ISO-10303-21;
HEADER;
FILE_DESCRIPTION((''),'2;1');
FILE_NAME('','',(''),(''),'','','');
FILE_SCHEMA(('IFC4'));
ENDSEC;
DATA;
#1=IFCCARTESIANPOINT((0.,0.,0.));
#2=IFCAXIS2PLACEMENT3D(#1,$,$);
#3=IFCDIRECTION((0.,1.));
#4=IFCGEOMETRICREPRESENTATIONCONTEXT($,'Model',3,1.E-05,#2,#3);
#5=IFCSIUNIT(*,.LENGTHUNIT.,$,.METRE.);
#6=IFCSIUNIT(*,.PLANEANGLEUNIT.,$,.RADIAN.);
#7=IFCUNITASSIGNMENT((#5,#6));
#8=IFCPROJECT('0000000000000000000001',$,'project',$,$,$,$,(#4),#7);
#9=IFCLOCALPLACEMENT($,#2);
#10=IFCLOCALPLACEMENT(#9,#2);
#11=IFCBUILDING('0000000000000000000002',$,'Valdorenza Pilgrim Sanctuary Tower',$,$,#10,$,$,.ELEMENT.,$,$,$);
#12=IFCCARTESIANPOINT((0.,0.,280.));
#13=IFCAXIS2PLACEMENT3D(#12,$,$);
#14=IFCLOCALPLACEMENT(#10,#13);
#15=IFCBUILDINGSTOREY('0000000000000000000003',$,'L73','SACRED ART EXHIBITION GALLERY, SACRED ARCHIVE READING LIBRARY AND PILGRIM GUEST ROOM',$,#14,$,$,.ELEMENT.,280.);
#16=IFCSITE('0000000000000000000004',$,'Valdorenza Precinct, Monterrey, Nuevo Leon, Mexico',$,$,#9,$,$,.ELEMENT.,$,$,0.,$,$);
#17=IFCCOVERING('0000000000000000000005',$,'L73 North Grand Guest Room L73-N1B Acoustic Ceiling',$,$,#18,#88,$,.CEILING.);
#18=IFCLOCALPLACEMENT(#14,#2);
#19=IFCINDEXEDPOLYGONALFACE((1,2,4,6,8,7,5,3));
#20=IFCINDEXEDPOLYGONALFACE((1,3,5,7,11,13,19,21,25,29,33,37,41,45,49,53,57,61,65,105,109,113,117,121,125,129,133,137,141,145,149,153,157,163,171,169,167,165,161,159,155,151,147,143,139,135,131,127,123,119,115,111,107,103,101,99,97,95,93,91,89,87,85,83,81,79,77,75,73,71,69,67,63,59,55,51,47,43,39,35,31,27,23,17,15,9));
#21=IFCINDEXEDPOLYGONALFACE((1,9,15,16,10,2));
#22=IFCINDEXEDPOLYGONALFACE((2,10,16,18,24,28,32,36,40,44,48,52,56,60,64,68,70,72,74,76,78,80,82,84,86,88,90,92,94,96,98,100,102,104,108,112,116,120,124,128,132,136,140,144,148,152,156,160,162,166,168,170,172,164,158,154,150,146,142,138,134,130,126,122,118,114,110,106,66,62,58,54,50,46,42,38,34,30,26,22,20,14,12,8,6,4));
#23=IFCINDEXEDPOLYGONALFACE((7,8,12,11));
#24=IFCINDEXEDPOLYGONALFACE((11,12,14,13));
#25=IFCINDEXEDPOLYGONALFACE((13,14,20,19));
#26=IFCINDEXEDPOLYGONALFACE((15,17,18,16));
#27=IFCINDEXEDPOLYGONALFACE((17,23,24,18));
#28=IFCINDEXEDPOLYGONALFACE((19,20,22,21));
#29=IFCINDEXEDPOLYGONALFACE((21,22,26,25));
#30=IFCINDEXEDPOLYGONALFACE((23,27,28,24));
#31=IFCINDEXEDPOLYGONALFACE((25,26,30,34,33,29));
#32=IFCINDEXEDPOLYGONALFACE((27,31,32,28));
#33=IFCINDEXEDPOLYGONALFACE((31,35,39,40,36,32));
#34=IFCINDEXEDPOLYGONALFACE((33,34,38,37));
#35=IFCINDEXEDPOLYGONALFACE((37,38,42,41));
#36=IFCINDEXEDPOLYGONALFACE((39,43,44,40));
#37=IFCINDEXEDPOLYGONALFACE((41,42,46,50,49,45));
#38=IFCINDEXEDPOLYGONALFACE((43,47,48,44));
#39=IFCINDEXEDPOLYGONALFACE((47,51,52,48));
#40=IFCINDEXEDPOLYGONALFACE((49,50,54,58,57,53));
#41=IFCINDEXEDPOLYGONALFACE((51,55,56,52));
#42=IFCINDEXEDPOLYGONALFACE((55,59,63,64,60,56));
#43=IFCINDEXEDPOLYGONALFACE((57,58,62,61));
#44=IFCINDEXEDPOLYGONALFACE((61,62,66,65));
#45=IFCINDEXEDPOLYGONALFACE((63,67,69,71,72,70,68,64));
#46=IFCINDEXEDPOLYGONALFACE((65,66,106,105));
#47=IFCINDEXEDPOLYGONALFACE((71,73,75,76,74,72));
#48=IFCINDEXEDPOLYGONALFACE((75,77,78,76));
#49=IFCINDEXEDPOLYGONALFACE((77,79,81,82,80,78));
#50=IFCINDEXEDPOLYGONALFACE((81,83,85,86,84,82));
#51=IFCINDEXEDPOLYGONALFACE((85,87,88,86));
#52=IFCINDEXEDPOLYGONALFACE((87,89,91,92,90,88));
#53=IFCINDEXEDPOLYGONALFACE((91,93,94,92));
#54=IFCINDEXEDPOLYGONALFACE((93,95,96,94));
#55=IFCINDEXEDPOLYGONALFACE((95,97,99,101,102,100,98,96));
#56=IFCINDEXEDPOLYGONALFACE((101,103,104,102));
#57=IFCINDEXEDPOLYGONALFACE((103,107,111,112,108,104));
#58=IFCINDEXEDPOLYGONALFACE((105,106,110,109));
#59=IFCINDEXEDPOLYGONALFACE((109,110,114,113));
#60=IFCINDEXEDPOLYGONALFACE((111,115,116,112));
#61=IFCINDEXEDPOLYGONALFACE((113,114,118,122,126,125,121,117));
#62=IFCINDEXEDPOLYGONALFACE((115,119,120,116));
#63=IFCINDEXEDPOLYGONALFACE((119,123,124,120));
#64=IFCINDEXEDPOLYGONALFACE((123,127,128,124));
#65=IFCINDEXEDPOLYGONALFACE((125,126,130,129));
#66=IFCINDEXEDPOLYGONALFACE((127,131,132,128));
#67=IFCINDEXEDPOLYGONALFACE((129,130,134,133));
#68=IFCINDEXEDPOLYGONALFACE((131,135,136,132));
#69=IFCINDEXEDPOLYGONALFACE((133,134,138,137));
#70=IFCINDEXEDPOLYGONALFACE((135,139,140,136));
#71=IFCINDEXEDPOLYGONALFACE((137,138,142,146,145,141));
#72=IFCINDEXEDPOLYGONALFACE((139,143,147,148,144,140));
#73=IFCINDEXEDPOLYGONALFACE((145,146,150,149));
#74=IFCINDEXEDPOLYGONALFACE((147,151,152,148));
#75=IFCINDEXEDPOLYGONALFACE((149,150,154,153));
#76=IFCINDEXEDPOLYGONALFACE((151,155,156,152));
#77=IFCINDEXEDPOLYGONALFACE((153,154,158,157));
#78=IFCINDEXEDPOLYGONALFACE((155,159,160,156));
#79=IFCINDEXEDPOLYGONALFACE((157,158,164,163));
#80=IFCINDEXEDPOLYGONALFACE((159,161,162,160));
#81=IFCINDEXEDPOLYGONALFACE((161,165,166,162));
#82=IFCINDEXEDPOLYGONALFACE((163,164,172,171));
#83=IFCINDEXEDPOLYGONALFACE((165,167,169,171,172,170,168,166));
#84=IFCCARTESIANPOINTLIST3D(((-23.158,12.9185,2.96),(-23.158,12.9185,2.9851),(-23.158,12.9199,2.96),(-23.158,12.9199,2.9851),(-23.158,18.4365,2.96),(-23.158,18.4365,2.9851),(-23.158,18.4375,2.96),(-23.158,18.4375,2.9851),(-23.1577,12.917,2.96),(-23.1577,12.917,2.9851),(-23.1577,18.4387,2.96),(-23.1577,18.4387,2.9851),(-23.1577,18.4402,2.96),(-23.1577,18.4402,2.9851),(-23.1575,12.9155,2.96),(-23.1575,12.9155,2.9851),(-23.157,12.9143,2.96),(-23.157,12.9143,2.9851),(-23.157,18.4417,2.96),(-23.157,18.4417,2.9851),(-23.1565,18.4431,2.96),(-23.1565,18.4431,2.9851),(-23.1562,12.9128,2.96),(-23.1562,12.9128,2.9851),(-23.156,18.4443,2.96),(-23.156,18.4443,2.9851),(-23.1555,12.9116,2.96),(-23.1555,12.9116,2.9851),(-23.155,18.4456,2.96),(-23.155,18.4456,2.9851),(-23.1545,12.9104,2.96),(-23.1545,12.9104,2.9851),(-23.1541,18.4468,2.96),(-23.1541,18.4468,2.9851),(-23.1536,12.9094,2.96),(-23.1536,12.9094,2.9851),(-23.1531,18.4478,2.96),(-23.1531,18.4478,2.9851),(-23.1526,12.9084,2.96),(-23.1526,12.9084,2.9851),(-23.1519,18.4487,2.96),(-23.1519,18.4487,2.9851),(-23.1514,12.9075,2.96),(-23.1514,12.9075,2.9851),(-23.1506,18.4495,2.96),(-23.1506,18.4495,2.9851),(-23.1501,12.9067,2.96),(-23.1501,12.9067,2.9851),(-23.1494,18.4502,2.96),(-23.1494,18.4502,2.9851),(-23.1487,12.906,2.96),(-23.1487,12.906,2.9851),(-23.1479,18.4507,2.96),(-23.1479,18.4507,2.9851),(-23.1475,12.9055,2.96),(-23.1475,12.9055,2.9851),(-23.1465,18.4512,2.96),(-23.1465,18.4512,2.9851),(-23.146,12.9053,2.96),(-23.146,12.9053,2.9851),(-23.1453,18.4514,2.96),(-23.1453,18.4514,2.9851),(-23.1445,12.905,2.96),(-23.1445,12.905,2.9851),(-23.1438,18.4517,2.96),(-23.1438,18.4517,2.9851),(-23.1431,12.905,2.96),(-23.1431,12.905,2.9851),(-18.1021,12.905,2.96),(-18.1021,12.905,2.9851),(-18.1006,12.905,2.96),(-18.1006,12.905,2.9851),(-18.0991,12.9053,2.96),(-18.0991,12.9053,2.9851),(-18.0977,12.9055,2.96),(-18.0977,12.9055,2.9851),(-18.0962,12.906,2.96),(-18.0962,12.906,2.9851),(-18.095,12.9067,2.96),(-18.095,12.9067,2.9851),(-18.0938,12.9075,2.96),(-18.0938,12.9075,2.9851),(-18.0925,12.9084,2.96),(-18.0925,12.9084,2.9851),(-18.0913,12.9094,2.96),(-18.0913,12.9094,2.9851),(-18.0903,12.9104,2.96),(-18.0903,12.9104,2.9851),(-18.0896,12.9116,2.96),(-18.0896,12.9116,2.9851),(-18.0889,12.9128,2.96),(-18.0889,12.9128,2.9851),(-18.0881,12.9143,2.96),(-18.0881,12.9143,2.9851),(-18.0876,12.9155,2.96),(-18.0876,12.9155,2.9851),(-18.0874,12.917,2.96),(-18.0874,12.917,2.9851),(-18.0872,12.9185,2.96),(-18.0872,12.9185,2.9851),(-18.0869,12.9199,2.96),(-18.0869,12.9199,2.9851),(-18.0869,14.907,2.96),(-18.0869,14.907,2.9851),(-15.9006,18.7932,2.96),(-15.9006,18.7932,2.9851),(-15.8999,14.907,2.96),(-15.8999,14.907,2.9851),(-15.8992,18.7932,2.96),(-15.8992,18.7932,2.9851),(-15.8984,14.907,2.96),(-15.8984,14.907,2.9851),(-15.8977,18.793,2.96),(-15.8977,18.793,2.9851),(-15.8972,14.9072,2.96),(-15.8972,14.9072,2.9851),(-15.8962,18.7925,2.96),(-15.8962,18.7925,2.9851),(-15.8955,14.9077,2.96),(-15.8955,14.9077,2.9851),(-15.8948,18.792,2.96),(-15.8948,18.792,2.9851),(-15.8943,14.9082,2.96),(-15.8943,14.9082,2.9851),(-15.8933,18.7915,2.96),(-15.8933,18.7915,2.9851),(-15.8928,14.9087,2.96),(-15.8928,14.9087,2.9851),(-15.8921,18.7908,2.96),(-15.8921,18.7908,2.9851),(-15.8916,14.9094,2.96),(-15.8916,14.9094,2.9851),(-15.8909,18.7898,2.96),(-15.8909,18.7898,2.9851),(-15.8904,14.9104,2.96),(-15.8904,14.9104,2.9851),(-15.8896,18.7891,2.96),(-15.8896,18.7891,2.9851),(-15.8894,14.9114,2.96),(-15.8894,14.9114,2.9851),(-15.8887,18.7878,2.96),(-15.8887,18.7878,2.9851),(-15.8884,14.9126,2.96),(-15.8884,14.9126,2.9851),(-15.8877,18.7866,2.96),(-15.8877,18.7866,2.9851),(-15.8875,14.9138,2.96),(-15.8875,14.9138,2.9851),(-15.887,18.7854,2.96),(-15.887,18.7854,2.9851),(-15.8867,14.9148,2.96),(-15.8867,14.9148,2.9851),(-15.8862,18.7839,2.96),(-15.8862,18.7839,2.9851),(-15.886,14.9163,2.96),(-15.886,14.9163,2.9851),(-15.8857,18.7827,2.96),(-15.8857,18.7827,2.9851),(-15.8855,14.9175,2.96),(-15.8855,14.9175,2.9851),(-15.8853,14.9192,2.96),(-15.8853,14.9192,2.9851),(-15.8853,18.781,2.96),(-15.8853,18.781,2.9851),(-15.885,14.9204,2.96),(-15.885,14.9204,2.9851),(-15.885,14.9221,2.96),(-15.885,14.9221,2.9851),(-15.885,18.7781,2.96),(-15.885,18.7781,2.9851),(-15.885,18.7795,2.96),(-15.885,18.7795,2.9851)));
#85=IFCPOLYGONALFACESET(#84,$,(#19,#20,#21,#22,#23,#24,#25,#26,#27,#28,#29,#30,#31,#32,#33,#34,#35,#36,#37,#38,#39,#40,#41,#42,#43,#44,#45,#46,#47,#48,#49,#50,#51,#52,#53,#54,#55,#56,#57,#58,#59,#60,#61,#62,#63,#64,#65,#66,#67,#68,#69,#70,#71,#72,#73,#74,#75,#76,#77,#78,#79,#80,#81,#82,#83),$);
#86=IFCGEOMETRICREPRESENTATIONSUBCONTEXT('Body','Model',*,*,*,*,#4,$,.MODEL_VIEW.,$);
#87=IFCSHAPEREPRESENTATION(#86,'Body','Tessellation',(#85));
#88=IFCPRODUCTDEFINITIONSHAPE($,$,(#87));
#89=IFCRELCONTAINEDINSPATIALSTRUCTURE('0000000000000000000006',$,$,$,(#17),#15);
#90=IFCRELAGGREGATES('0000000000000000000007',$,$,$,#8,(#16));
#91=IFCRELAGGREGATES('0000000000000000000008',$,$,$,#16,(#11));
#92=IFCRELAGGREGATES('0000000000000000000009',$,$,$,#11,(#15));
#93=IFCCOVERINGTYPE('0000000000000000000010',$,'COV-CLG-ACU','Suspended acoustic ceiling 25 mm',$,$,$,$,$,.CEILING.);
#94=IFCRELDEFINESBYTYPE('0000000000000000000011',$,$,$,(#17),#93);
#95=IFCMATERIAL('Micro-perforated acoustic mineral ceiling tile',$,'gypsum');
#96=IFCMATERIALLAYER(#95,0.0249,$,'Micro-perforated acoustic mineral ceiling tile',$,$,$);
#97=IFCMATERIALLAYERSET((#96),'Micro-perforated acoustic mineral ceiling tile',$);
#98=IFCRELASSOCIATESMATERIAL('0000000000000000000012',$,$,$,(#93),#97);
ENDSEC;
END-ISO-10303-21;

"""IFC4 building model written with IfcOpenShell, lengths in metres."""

from ifc_helpers import new_model, si_unit, direction, frame, origin, place, context, subcontext, project, spatial, polyline, outline, extrude, material, layer, layer_set, type_object, element, save


model = new_model("IFC4")

# Units and contexts
model_context = context("Model", 3, precision=1e-05, world=origin(), true_north=direction((0.0, 1.0)))
body_context = subcontext(model_context, "Body", "Model", "MODEL_VIEW")
ifc_project = project(units=[si_unit("LENGTHUNIT", "METRE"), si_unit("PLANEANGLEUNIT", "RADIAN")], contexts=[model_context])

# Site, building, storey
site_placement = place(None, origin())
site = spatial("IfcSite", under=ifc_project, at=site_placement, Name="Valdorenza Precinct, Monterrey, Nuevo Leon, Mexico", CompositionType="ELEMENT", RefElevation=0.0)
building_placement = place(site_placement, origin())
building = spatial("IfcBuilding", under=site, at=building_placement, Name="Valdorenza Pilgrim Sanctuary Tower", CompositionType="ELEMENT")
storey_placement = place(building_placement, frame((0.0, 0.0, 280.0)))
storey = spatial("IfcBuildingStorey", under=building, at=storey_placement, Name="L73", Description="SACRED ART EXHIBITION GALLERY, SACRED ARCHIVE READING LIBRARY AND PILGRIM GUEST ROOM", CompositionType="ELEMENT", Elevation=280.0)

# Covering
ifc_material_1 = material(Name="Micro-perforated acoustic mineral ceiling tile", Category="gypsum")
ifc_layer_1 = layer(ifc_material_1, 0.0249, Name="Micro-perforated acoustic mineral ceiling tile")
ifc_layer_set_1 = layer_set([ifc_layer_1], Name="Micro-perforated acoustic mineral ceiling tile")
covering_type_1 = type_object("IfcCoveringType", Name="COV-CLG-ACU", Description="Suspended acoustic ceiling 25 mm", PredefinedType="CEILING", material=ifc_layer_set_1)
covering_1_placement = place(storey_placement, frame((0.0, 0.0, 2.96)))
element("IfcCovering", 1, at=covering_1_placement, inside=storey, type_object=covering_type_1, Name="L73 North Grand Guest Room L73-N1B Acoustic Ceiling", PredefinedType="CEILING", context=body_context, shape_type="SweptSolid", body=[
    extrude(outline(polyline([(-23.158, 18.4365), (-23.158, 18.4375), (-23.1577, 18.4387), (-23.1577, 18.4402), (-23.157, 18.4417), (-23.1565, 18.4431), (-23.156, 18.4443), (-23.155, 18.4456), (-23.1541, 18.4468), (-23.1531, 18.4478), (-23.1519, 18.4487), (-23.1506, 18.4495), (-23.1494, 18.4502), (-23.1479, 18.4507), (-23.1465, 18.4512), (-23.1453, 18.4514), (-23.1438, 18.4517), (-15.9006, 18.7932), (-15.8992, 18.7932), (-15.8977, 18.793), (-15.8962, 18.7925), (-15.8948, 18.792), (-15.8933, 18.7915), (-15.8921, 18.7908), (-15.8909, 18.7898), (-15.8896, 18.7891), (-15.8887, 18.7878), (-15.8877, 18.7866), (-15.887, 18.7854), (-15.8862, 18.7839), (-15.8857, 18.7827), (-15.8853, 18.781), (-15.885, 18.7795), (-15.885, 18.7781), (-15.885, 14.9221), (-15.885, 14.9204), (-15.8853, 14.9192), (-15.8855, 14.9175), (-15.886, 14.9163), (-15.8867, 14.9148), (-15.8875, 14.9138), (-15.8884, 14.9126), (-15.8894, 14.9114), (-15.8904, 14.9104), (-15.8916, 14.9094), (-15.8928, 14.9087), (-15.8943, 14.9082), (-15.8955, 14.9077), (-15.8972, 14.9072), (-15.8984, 14.907), (-15.8999, 14.907), (-18.0869, 14.907), (-18.0869, 12.9199), (-18.0872, 12.9185), (-18.0874, 12.917), (-18.0876, 12.9155), (-18.0881, 12.9143), (-18.0889, 12.9128), (-18.0896, 12.9116), (-18.0903, 12.9104), (-18.0913, 12.9094), (-18.0925, 12.9084), (-18.0938, 12.9075), (-18.095, 12.9067), (-18.0962, 12.906), (-18.0977, 12.9055), (-18.0991, 12.9053), (-18.1006, 12.905), (-18.1021, 12.905), (-23.1431, 12.905), (-23.1445, 12.905), (-23.146, 12.9053), (-23.1475, 12.9055), (-23.1487, 12.906), (-23.1501, 12.9067), (-23.1514, 12.9075), (-23.1526, 12.9084), (-23.1536, 12.9094), (-23.1545, 12.9104), (-23.1555, 12.9116), (-23.1562, 12.9128), (-23.157, 12.9143), (-23.1575, 12.9155), (-23.1577, 12.917), (-23.158, 12.9185), (-23.158, 12.9199), (-23.158, 18.4365), (-23.158, 18.4365)])), origin(), (0.0, 0.0, 1.0), 0.0251),
])

save(model, "model.ifc")
